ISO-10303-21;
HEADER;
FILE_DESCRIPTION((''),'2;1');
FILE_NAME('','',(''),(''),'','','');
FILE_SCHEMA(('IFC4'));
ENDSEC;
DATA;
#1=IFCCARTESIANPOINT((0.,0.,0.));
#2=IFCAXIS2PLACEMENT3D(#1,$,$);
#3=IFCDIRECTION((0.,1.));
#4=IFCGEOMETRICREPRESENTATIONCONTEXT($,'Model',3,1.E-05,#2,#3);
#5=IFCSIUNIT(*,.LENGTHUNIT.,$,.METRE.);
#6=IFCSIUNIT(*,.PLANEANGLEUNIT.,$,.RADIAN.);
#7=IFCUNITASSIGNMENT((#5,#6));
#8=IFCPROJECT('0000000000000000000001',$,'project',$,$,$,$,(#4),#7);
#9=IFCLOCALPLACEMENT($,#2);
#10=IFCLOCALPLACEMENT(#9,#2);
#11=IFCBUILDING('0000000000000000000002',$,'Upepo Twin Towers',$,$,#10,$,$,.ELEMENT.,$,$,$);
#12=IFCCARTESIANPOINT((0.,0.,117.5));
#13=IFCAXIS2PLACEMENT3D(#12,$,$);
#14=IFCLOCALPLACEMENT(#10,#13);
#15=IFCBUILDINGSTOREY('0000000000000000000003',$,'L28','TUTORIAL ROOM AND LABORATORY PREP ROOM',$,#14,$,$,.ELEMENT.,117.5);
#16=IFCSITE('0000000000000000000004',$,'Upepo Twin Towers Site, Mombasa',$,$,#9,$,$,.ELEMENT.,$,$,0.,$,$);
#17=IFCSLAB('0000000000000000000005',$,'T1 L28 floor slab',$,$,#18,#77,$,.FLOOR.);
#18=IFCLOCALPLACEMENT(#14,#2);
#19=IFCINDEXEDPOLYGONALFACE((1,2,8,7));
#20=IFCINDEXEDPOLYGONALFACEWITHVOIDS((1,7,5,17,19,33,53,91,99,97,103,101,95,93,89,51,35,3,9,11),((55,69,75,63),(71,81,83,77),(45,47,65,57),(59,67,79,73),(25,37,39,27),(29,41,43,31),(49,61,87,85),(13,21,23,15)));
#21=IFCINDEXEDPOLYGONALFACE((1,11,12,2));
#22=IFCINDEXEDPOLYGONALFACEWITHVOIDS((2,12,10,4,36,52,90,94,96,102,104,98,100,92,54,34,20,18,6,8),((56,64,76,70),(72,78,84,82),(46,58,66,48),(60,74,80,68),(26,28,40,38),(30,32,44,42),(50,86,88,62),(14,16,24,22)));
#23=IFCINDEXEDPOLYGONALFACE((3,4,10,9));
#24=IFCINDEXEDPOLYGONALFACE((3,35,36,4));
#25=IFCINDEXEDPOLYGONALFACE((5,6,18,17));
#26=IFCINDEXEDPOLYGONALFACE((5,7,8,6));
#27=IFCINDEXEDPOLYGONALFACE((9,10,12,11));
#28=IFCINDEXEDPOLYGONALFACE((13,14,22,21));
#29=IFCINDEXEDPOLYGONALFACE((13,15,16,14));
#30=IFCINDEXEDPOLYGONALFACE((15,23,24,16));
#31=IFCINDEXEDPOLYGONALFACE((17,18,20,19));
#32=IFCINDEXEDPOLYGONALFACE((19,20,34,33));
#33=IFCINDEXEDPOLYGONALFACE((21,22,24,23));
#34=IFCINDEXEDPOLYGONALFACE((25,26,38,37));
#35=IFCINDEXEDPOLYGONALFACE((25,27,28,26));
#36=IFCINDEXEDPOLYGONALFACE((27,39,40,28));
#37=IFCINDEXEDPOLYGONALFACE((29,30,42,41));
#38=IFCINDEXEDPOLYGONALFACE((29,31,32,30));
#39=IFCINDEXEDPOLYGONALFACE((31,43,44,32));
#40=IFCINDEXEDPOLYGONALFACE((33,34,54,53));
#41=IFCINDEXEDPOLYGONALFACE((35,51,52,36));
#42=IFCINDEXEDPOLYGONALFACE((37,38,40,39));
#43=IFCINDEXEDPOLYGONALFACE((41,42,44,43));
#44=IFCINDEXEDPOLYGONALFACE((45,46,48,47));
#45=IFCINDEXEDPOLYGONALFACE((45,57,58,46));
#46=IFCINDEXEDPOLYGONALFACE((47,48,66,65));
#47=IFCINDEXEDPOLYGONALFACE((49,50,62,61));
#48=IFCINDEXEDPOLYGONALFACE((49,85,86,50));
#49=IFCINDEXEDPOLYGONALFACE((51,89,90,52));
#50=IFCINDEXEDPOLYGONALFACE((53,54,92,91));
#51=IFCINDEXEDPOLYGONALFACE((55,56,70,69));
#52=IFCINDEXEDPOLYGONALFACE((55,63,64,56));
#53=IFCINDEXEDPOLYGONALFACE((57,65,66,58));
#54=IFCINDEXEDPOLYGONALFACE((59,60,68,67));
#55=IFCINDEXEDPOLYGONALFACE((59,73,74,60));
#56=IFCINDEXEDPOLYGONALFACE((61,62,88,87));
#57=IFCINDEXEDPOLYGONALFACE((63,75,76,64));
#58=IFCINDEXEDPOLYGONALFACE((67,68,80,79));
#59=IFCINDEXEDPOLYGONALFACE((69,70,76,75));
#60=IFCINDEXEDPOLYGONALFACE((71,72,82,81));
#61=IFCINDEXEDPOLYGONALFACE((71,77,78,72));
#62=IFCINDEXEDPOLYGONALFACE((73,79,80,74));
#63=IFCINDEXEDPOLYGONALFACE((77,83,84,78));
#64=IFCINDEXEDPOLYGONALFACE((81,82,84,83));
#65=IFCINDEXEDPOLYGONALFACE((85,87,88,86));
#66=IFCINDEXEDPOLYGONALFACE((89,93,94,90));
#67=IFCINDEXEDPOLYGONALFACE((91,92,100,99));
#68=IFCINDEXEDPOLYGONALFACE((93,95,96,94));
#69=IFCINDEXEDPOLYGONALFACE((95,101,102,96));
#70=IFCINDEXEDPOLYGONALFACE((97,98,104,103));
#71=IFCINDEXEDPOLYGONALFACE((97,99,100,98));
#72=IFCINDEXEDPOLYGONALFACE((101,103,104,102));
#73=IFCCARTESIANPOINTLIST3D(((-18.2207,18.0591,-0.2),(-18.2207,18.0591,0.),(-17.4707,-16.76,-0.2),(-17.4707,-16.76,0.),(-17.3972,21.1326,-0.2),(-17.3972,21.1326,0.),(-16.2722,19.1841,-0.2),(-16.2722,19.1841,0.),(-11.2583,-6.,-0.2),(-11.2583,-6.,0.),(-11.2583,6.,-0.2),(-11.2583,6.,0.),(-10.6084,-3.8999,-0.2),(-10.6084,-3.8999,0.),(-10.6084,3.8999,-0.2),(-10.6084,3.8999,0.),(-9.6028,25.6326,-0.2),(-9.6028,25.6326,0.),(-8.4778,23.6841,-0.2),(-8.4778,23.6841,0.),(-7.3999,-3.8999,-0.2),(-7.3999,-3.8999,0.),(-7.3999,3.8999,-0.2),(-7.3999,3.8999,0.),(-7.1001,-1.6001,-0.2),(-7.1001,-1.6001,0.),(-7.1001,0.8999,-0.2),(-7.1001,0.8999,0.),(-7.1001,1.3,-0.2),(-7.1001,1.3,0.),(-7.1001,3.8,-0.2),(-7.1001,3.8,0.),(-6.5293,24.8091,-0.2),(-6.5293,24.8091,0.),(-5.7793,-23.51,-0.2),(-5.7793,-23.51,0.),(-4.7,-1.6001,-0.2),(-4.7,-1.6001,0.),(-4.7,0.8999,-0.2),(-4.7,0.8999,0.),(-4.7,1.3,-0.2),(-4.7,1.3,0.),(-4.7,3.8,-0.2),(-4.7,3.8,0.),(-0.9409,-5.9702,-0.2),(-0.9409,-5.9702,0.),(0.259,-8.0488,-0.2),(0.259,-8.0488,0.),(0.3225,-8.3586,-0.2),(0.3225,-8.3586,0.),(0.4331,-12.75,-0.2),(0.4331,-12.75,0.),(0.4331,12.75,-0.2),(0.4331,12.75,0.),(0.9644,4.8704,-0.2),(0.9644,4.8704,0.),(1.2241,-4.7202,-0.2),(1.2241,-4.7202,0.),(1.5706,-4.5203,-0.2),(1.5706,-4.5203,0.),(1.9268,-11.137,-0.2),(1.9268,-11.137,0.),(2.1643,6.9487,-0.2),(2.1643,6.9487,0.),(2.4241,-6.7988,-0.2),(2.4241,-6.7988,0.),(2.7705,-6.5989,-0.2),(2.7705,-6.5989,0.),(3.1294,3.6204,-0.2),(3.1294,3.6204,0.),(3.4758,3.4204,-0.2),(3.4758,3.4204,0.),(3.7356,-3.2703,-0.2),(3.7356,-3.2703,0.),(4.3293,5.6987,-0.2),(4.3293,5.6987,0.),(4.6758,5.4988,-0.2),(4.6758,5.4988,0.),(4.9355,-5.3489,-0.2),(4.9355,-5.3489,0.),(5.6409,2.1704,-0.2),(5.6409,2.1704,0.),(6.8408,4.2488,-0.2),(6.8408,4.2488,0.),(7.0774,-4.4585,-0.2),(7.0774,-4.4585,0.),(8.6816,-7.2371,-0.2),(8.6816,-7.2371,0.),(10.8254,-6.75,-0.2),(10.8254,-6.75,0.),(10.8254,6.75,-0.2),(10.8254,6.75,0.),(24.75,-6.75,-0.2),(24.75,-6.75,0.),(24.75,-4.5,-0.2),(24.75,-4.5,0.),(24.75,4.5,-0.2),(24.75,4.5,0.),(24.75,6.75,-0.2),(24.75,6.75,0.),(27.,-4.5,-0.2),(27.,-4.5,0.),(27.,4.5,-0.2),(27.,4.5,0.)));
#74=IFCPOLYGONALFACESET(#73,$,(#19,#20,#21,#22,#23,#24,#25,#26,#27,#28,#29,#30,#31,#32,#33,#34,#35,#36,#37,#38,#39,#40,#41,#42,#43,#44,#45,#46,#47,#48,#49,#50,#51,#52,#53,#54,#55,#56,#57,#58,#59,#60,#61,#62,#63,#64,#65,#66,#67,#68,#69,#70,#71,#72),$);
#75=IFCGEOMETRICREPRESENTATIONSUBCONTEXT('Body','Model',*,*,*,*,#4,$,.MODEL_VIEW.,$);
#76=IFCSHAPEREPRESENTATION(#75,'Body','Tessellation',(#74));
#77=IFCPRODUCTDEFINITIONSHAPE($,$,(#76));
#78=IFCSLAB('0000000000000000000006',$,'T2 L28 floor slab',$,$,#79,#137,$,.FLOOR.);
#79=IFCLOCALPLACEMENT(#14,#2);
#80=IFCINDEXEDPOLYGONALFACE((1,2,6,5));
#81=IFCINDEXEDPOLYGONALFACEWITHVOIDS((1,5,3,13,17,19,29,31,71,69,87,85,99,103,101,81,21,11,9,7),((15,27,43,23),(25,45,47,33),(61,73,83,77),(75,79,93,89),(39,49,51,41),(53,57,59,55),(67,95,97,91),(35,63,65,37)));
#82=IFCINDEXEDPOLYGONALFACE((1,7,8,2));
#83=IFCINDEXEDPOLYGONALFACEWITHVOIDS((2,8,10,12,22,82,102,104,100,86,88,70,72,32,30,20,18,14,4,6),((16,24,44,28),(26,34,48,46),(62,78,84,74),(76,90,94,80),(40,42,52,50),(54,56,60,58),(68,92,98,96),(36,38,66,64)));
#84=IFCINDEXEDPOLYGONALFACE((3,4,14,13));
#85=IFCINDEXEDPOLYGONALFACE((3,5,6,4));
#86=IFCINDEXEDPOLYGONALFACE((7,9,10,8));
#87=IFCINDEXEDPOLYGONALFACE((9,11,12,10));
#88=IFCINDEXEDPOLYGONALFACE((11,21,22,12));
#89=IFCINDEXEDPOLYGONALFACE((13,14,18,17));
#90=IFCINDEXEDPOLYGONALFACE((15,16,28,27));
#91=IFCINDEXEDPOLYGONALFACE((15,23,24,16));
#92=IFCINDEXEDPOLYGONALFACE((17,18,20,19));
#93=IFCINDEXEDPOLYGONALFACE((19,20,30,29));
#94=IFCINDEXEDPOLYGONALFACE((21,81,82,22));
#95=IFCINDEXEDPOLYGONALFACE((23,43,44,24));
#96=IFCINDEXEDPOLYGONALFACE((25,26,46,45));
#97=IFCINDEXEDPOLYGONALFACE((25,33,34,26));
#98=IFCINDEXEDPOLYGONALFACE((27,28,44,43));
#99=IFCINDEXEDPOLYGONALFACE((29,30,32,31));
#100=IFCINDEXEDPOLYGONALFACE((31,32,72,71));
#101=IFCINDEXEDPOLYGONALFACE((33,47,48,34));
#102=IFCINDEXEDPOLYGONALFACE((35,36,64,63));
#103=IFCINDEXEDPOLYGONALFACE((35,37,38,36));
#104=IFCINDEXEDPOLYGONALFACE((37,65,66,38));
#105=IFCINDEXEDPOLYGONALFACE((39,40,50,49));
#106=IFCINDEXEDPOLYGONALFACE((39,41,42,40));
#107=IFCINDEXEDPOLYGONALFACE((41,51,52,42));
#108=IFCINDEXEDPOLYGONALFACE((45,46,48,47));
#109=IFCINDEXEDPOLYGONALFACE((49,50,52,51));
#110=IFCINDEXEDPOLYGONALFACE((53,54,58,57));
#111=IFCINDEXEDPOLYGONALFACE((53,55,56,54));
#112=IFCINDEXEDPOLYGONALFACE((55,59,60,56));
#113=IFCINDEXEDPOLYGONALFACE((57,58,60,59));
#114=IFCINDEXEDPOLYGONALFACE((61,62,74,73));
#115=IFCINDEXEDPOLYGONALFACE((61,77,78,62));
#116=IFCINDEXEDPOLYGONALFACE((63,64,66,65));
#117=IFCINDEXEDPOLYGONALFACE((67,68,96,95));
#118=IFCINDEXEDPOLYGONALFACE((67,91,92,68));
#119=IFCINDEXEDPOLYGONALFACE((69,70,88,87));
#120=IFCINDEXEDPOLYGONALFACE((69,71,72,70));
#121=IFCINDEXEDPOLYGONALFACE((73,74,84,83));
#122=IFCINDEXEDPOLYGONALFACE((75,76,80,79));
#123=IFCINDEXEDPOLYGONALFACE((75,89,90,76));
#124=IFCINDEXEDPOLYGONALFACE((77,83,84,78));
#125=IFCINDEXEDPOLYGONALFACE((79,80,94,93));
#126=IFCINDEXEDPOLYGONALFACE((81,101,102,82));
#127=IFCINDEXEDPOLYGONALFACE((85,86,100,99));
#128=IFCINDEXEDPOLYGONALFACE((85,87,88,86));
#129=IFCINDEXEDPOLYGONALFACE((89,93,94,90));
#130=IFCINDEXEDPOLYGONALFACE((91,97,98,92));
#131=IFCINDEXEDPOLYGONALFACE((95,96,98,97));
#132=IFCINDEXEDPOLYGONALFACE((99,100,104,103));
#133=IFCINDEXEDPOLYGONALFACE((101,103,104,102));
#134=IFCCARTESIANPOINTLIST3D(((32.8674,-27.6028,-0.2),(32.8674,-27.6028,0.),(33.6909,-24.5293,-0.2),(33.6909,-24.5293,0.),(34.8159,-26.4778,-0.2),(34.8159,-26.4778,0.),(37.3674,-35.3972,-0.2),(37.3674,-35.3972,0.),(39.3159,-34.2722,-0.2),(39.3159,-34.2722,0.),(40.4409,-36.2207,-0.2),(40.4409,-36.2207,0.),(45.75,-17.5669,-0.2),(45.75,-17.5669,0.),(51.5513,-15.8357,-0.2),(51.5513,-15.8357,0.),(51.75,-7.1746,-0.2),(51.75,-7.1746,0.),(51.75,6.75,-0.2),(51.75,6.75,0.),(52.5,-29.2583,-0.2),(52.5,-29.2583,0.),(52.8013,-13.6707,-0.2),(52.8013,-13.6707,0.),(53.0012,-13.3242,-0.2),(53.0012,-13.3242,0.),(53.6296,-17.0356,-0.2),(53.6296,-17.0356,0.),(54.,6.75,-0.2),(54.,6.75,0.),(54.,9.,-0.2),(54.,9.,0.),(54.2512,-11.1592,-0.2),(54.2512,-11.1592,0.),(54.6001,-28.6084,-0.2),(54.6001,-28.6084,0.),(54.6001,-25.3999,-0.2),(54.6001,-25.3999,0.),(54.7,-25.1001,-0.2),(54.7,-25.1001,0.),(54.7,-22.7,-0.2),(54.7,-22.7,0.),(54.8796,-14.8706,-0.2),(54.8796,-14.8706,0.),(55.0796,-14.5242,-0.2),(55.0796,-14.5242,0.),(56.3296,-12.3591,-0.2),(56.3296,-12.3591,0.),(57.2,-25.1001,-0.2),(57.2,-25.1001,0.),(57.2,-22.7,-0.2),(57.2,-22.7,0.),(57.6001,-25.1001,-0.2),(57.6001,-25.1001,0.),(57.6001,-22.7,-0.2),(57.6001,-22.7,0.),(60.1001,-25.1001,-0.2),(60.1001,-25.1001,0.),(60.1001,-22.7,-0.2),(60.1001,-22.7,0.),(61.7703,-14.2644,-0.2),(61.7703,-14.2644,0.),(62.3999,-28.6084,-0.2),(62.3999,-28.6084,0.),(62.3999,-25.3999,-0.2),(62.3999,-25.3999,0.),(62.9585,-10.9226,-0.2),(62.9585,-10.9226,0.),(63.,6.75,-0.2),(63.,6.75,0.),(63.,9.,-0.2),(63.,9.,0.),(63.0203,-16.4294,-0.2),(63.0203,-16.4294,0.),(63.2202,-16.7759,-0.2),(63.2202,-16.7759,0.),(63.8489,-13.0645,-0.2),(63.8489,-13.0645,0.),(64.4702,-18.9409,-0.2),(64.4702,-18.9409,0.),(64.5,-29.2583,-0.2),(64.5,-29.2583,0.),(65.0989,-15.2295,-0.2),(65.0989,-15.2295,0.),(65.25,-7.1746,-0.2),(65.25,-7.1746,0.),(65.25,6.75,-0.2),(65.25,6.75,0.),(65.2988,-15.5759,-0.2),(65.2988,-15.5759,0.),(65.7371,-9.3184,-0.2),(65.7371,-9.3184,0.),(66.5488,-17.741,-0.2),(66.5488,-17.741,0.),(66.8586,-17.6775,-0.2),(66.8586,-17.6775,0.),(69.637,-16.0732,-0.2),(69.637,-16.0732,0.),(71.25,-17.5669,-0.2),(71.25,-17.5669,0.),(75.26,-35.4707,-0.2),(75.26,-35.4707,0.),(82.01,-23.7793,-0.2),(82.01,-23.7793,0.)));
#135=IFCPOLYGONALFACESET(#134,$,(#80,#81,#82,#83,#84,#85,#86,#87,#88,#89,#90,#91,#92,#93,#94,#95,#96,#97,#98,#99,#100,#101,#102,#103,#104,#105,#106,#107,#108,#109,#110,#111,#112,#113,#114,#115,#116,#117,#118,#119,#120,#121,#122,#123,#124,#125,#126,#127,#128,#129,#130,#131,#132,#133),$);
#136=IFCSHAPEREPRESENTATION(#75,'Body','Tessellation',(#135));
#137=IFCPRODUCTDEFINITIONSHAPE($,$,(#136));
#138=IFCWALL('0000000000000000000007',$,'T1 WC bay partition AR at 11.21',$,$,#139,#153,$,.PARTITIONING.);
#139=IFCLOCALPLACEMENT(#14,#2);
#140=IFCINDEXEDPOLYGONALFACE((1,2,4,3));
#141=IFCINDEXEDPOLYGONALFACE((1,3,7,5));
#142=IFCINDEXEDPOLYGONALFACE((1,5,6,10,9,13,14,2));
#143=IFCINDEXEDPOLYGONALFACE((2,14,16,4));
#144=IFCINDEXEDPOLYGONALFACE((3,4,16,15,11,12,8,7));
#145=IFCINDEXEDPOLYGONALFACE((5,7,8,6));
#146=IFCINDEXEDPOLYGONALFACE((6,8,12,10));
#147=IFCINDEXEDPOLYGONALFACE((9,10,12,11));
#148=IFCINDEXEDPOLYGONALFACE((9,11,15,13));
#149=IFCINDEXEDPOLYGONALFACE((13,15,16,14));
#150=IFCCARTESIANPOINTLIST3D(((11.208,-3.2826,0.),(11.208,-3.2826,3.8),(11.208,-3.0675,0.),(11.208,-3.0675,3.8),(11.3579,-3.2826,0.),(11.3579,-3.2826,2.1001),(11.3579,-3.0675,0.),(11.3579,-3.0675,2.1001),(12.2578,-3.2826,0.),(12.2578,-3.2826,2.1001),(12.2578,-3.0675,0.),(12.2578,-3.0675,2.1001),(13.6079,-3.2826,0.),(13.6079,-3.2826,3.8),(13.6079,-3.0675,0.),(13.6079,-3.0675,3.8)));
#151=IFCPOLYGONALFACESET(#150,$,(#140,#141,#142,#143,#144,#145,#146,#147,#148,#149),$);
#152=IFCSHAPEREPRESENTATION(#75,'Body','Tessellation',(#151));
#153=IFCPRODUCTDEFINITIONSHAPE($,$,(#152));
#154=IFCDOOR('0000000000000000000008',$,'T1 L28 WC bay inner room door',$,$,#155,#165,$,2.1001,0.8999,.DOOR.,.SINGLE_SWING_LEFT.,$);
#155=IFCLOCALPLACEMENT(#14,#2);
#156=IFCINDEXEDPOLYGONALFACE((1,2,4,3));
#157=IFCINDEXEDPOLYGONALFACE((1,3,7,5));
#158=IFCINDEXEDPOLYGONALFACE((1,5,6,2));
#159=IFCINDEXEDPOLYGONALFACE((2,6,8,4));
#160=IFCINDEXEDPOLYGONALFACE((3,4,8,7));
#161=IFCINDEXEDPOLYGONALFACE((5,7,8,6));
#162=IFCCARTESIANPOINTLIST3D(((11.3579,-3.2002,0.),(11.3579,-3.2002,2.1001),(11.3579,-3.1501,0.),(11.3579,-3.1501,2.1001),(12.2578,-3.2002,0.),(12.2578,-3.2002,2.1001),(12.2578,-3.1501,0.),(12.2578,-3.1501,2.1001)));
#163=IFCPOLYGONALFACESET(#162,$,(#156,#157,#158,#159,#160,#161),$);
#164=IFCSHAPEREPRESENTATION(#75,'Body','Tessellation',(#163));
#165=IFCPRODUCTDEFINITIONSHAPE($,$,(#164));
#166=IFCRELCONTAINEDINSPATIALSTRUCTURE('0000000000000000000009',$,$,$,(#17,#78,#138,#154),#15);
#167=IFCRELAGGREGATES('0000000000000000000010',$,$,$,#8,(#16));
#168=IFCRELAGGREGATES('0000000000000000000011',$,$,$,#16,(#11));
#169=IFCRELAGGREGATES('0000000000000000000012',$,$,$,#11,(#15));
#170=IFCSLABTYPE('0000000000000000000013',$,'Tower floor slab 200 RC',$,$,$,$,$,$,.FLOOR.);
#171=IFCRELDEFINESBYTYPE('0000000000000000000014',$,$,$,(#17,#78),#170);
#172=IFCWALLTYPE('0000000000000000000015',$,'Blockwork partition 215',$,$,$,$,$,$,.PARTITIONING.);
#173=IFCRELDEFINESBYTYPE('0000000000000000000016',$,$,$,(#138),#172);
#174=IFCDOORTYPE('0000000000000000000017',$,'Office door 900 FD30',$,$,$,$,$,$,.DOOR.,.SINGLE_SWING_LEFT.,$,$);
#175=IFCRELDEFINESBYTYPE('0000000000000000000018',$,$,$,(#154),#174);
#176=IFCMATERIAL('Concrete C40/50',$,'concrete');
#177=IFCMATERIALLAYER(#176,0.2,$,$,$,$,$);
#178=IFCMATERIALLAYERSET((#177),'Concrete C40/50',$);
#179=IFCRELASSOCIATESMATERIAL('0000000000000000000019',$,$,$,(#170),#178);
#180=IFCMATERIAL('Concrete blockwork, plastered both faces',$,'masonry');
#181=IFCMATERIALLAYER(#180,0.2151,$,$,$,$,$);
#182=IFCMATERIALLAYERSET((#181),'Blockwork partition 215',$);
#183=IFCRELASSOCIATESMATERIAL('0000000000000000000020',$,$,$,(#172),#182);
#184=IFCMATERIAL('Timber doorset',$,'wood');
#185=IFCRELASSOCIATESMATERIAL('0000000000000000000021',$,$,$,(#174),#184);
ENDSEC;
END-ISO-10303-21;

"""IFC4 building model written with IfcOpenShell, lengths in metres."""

from ifc_helpers import new_model, si_unit, direction, frame, frame_2d, origin, place, context, subcontext, project, spatial, polyline, rectangle, outline, extrude, material, layer, layer_set, type_object, element, fill, save


model = new_model("IFC4")

# Units and contexts
model_context = context("Model", 3, precision=1e-05, world=origin(), true_north=direction((0.0, 1.0)))
body_context = subcontext(model_context, "Body", "Model", "MODEL_VIEW")
ifc_project = project(units=[si_unit("LENGTHUNIT", "METRE"), si_unit("PLANEANGLEUNIT", "RADIAN")], contexts=[model_context])

# Site, building, storey
site_placement = place(None, origin())
site = spatial("IfcSite", under=ifc_project, at=site_placement, Name="Upepo Twin Towers Site, Mombasa", CompositionType="ELEMENT", RefElevation=0.0)
building_placement = place(site_placement, origin())
building = spatial("IfcBuilding", under=site, at=building_placement, Name="Upepo Twin Towers", CompositionType="ELEMENT")
storey_placement = place(building_placement, frame((0.0, 0.0, 117.5)))
storey = spatial("IfcBuildingStorey", under=building, at=storey_placement, Name="L28", Description="TUTORIAL ROOM AND LABORATORY PREP ROOM", CompositionType="ELEMENT", Elevation=117.5)

# Slabs
ifc_material_1 = material(Name="Concrete C40/50", Category="concrete")
ifc_layer_1 = layer(ifc_material_1, 0.2)
ifc_layer_set_1 = layer_set([ifc_layer_1], Name="Concrete C40/50")
slab_type_1 = type_object("IfcSlabType", Name="Tower floor slab 200 RC", PredefinedType="FLOOR", material=ifc_layer_set_1)
slab_1_placement = place(storey_placement, frame((0.0, 0.0, -0.2)))
element("IfcSlab", 1, at=slab_1_placement, inside=storey, type_object=slab_type_1, Name="T1 L28 floor slab", PredefinedType="FLOOR", context=body_context, shape_type="SweptSolid", body=[
    extrude(outline(polyline([(-17.4707, -16.76), (-11.2583, -6.0), (-11.2583, 6.0), (-18.2207, 18.0591), (-16.2722, 19.1841), (-17.3972, 21.1326), (-9.6028, 25.6326), (-8.4778, 23.6841), (-6.5293, 24.8091), (0.4331, 12.75), (10.8254, 6.75), (24.75, 6.75), (24.75, 4.5), (27.0, 4.5), (27.0, -4.5), (24.75, -4.5), (24.75, -6.75), (10.8254, -6.75), (0.4331, -12.75), (-5.7793, -23.51), (-17.4707, -16.76)]), holes=[polyline([(5.6409, 2.1704), (6.8408, 4.2488), (4.6758, 5.4988), (3.4758, 3.4204), (5.6409, 2.1704)]), polyline([(3.1294, 3.6204), (4.3293, 5.6987), (2.1643, 6.9487), (0.9644, 4.8704), (3.1294, 3.6204)]), polyline([(-4.7, 3.8), (-7.1001, 3.8), (-7.1001, 1.3), (-4.7, 1.3), (-4.7, 3.8)]), polyline([(-4.7, 0.8999), (-7.1001, 0.8999), (-7.1001, -1.6001), (-4.7, -1.6001), (-4.7, 0.8999)]), polyline([(-7.3999, 3.8999), (-10.6084, 3.8999), (-10.6084, -3.8999), (-7.3999, -3.8999), (-7.3999, 3.8999)]), polyline([(-0.9409, -5.9702), (0.259, -8.0488), (2.4241, -6.7988), (1.2241, -4.7202), (-0.9409, -5.9702)]), polyline([(1.5706, -4.5203), (2.7705, -6.5989), (4.9355, -5.3489), (3.7356, -3.2703), (1.5706, -4.5203)]), polyline([(0.3225, -8.3586), (1.9268, -11.137), (8.6816, -7.2371), (7.0774, -4.4585), (0.3225, -8.3586)])]), origin(), (0.0, 0.0, 1.0), 0.2),
])
slab_2_placement = place(storey_placement, frame((0.0, 0.0, -0.2)))
element("IfcSlab", 2, at=slab_2_placement, inside=storey, type_object=slab_type_1, Name="T2 L28 floor slab", PredefinedType="FLOOR", context=body_context, shape_type="SweptSolid", body=[
    extrude(outline(polyline([(75.26, -35.4707), (64.5, -29.2583), (52.5, -29.2583), (40.4409, -36.2207), (39.3159, -34.2722), (37.3674, -35.3972), (32.8674, -27.6028), (34.8159, -26.4778), (33.6909, -24.5293), (45.75, -17.5669), (51.75, -7.1746), (51.75, 6.75), (54.0, 6.75), (54.0, 9.0), (63.0, 9.0), (63.0, 6.75), (65.25, 6.75), (65.25, -7.1746), (71.25, -17.5669), (82.01, -23.7793), (75.26, -35.4707)]), holes=[polyline([(56.3296, -12.3591), (54.2512, -11.1592), (53.0012, -13.3242), (55.0796, -14.5242), (56.3296, -12.3591)]), polyline([(54.8796, -14.8706), (52.8013, -13.6707), (51.5513, -15.8357), (53.6296, -17.0356), (54.8796, -14.8706)]), polyline([(54.7, -22.7), (54.7, -25.1001), (57.2, -25.1001), (57.2, -22.7), (54.7, -22.7)]), polyline([(57.6001, -22.7), (57.6001, -25.1001), (60.1001, -25.1001), (60.1001, -22.7), (57.6001, -22.7)]), polyline([(54.6001, -25.3999), (54.6001, -28.6084), (62.3999, -28.6084), (62.3999, -25.3999), (54.6001, -25.3999)]), polyline([(64.4702, -18.9409), (66.5488, -17.741), (65.2988, -15.5759), (63.2202, -16.7759), (64.4702, -18.9409)]), polyline([(63.0203, -16.4294), (65.0989, -15.2295), (63.8489, -13.0645), (61.7703, -14.2644), (63.0203, -16.4294)]), polyline([(66.8586, -17.6775), (69.637, -16.0732), (65.7371, -9.3184), (62.9585, -10.9226), (66.8586, -17.6775)])]), origin(), (0.0, 0.0, 1.0), 0.2),
])

# Wall, opening, door
ifc_material_2 = material(Name="Concrete blockwork, plastered both faces", Category="masonry")
ifc_layer_2 = layer(ifc_material_2, 0.2151)
ifc_layer_set_2 = layer_set([ifc_layer_2], Name="Blockwork partition 215")
wall_type_1 = type_object("IfcWallType", Name="Blockwork partition 215", PredefinedType="PARTITIONING", material=ifc_layer_set_2)
wall_1_placement = place(storey_placement, frame((11.208, -3.175, 0.0), z_axis=(0.0, 0.0, 1.0), x_axis=(1.0, 0.0, 0.0)))
wall_1 = element("IfcWall", 3, at=wall_1_placement, inside=storey, type_object=wall_type_1, Name="T1 WC bay partition AR at 11.21", PredefinedType="PARTITIONING", context=body_context, shape_type="SweptSolid", body=[
    extrude(rectangle(XDim=2.3999, YDim=0.2151, at=frame_2d((1.2, 0.0))), origin(), (0.0, 0.0, 1.0), 3.8),
])
opening_1_placement = place(wall_1_placement, frame((0.1499, 0.0, 0.0)))
opening_1 = element("IfcOpeningElement", 4, at=opening_1_placement, cuts=wall_1, PredefinedType="OPENING", context=body_context, shape_type="SweptSolid", body=[
    extrude(rectangle(XDim=0.8999, YDim=2.1001, at=frame_2d((0.45, 1.05))), frame((0.0, 0.1174, 0.0), z_axis=(0.0, -1.0, 0.0), x_axis=(1.0, 0.0, 0.0)), (0.0, 0.0, 1.0), 0.2351),
])
ifc_material_3 = material(Name="Timber doorset", Category="wood")
door_type_1 = type_object("IfcDoorType", Name="Office door 900 FD30", OperationType="SINGLE_SWING_LEFT", PredefinedType="DOOR", material=ifc_material_3)
door_1_placement = place(opening_1_placement, origin())
door_1 = element("IfcDoor", 5, at=door_1_placement, inside=storey, type_object=door_type_1, Name="T1 L28 WC bay inner room door", OperationType="SINGLE_SWING_LEFT", OverallHeight=2.1001, OverallWidth=0.8999, PredefinedType="DOOR", context=body_context, shape_type="SweptSolid", body=[
    extrude(rectangle(XDim=0.8999, YDim=2.1001, at=frame_2d((0.45, 1.05))), frame((0.0, 0.0249, 0.0), z_axis=(0.0, -1.0, 0.0), x_axis=(1.0, 0.0, 0.0)), (0.0, 0.0, 1.0), 0.05),
])
fill(opening_1, door_1)

save(model, "model.ifc")
